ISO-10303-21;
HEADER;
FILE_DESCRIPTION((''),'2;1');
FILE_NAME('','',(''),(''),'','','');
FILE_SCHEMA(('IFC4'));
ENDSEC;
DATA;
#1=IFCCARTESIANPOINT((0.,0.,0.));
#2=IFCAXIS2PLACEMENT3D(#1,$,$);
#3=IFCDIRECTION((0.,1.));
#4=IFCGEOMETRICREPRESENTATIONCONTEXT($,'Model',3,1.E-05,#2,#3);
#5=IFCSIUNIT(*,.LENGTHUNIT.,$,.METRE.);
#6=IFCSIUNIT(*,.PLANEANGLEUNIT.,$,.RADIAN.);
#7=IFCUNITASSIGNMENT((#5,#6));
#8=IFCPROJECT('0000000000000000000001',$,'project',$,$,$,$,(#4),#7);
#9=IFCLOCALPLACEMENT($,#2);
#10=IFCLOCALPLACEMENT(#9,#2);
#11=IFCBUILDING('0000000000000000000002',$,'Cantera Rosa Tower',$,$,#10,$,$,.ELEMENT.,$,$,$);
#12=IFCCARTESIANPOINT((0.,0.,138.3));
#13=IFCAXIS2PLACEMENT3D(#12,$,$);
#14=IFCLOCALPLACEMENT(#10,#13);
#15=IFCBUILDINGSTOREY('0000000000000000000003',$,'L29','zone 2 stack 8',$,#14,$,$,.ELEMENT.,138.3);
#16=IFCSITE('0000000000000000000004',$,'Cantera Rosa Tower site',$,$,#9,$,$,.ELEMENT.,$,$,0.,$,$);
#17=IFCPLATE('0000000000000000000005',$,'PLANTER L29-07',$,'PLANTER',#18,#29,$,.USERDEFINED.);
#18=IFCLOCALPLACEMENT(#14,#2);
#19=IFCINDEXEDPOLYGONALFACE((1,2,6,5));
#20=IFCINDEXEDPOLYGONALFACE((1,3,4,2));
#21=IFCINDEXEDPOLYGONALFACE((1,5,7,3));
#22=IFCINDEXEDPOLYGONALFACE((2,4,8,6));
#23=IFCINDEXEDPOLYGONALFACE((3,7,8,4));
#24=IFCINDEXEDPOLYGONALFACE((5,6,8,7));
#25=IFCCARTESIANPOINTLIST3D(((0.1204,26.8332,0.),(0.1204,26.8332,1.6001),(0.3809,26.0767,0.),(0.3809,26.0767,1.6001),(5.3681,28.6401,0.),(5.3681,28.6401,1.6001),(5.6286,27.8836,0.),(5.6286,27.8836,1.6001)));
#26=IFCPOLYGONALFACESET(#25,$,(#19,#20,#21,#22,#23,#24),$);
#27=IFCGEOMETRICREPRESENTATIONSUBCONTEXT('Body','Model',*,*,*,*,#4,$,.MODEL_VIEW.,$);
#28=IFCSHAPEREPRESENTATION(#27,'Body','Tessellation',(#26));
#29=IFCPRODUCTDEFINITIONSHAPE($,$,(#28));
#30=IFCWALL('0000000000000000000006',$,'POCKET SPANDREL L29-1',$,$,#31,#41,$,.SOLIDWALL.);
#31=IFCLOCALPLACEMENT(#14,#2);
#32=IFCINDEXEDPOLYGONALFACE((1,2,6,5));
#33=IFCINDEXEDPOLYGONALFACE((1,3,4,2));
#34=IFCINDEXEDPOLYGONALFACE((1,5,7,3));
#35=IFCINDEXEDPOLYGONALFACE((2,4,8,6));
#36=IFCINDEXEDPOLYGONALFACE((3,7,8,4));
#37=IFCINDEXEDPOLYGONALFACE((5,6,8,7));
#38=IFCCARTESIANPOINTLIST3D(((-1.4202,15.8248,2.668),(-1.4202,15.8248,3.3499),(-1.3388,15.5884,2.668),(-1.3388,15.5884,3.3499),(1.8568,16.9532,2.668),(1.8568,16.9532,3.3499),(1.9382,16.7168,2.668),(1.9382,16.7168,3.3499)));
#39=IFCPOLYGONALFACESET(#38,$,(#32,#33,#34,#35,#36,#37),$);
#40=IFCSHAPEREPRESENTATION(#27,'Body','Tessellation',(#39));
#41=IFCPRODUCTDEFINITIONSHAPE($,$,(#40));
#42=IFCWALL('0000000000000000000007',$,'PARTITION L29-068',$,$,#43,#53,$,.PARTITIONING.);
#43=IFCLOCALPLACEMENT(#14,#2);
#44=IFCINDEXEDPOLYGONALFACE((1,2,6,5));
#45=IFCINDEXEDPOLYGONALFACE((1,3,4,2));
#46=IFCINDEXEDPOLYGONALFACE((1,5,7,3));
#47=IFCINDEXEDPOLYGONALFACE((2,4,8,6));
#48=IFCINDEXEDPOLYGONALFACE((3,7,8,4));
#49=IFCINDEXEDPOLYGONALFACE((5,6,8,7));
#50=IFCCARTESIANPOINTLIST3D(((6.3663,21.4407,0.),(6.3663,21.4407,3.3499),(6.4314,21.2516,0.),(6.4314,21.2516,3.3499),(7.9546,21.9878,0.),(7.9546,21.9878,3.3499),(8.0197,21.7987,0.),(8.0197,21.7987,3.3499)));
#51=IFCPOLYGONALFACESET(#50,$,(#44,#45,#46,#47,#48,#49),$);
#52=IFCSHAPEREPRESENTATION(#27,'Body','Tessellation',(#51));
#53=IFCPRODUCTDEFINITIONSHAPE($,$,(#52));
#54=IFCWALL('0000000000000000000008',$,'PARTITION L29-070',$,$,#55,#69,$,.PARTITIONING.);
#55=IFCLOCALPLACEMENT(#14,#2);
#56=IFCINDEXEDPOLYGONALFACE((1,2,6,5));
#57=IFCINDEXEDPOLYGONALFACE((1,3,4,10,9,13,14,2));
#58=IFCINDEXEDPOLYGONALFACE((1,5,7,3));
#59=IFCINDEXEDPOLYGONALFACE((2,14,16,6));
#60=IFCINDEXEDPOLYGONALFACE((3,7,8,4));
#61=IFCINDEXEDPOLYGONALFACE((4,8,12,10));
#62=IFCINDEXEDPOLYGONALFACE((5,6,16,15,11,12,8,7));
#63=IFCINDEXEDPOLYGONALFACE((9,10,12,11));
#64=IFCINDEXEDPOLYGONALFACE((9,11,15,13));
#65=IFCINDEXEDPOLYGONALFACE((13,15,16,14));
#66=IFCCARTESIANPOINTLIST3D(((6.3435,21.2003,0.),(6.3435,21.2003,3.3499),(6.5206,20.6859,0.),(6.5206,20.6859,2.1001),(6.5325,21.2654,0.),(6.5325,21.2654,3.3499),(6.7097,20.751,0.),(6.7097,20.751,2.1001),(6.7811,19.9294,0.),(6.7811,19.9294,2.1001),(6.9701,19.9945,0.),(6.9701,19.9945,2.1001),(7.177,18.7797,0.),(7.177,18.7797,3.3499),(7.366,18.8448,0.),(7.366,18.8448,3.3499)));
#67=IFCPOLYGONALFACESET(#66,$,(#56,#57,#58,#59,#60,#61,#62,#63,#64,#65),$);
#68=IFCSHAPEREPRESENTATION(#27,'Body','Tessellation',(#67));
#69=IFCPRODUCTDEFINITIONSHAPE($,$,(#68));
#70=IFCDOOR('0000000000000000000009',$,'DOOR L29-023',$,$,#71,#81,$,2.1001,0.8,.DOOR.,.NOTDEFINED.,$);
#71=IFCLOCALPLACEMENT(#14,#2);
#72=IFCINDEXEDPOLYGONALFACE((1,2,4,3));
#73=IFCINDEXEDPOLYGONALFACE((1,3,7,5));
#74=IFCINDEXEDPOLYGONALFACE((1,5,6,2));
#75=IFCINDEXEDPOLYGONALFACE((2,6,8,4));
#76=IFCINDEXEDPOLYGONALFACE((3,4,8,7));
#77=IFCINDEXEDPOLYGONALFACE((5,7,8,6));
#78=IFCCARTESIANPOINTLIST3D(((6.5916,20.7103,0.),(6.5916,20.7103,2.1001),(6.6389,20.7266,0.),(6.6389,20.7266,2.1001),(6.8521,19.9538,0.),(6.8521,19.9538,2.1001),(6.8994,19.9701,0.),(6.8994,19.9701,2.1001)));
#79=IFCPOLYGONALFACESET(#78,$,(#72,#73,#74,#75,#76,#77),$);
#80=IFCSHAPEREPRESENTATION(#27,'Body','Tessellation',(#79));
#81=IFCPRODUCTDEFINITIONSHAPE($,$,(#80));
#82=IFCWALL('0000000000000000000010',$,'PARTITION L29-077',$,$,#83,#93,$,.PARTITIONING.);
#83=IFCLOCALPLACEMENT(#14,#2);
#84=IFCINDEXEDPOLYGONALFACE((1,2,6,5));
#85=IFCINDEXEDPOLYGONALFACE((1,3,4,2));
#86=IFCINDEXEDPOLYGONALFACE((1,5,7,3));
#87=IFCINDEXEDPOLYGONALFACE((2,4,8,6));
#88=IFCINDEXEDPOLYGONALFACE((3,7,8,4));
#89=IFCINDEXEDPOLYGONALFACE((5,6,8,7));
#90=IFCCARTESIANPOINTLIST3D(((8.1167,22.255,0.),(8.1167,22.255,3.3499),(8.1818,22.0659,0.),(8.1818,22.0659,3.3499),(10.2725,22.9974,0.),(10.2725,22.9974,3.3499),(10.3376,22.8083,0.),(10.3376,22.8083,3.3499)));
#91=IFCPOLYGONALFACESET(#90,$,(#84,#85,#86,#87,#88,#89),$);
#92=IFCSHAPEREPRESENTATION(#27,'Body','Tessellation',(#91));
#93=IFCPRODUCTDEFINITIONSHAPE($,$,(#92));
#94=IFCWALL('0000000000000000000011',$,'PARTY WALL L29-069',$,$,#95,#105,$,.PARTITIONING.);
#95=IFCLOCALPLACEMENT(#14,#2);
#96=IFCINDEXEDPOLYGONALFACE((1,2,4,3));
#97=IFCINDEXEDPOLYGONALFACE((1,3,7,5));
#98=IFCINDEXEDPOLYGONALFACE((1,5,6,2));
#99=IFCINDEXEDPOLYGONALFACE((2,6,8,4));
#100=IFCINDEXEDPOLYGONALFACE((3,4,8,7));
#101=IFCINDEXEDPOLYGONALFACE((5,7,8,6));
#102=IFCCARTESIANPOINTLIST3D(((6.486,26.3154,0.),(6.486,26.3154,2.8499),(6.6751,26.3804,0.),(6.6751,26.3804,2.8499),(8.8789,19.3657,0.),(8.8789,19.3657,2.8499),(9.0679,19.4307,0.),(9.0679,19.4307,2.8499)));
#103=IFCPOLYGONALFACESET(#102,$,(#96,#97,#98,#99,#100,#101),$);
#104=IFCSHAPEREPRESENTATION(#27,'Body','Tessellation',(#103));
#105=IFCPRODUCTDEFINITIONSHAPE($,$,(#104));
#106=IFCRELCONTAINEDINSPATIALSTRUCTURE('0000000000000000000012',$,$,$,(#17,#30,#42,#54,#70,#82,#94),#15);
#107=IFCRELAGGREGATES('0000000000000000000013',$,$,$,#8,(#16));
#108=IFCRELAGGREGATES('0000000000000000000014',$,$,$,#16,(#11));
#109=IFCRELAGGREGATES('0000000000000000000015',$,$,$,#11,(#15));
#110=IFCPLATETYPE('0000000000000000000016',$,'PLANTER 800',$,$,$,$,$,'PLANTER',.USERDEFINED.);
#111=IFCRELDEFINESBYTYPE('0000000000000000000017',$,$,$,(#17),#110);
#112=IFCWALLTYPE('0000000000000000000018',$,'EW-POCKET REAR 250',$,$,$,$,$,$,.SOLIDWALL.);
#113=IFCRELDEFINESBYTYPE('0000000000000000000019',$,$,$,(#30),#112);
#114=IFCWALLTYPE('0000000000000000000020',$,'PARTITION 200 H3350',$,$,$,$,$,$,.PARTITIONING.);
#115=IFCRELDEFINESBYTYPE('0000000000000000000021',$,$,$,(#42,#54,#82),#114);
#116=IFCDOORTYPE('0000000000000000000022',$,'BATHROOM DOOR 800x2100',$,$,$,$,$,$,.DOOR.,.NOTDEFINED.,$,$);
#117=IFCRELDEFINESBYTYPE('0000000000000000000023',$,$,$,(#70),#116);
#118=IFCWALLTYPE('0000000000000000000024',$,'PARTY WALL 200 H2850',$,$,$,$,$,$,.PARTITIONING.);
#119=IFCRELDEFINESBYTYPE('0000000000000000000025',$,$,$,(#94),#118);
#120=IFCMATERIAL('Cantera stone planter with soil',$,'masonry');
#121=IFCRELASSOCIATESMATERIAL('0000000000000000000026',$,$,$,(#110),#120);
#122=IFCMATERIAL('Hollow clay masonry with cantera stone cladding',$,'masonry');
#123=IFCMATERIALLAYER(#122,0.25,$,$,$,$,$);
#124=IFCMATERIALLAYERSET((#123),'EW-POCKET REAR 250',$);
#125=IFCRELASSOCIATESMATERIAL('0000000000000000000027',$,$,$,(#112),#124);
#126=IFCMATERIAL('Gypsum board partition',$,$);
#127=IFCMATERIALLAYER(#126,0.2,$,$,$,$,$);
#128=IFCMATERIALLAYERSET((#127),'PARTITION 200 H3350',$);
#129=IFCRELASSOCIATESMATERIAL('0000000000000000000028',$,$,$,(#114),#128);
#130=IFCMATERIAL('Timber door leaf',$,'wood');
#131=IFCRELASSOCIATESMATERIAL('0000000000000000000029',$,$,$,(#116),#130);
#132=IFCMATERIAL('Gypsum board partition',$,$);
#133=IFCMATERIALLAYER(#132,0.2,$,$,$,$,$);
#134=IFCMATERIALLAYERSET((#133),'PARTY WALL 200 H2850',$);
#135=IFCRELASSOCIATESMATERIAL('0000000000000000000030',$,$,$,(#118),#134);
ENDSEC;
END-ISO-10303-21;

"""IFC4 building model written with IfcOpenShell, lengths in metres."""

from ifc_helpers import new_model, si_unit, direction, frame, frame_2d, origin, origin_2d, place, context, subcontext, project, spatial, rectangle, extrude, material, layer, layer_set, type_object, element, fill, save


model = new_model("IFC4")

# Units and contexts
model_context = context("Model", 3, precision=1e-05, world=origin(), true_north=direction((0.0, 1.0)))
body_context = subcontext(model_context, "Body", "Model", "MODEL_VIEW")
ifc_project = project(units=[si_unit("LENGTHUNIT", "METRE"), si_unit("PLANEANGLEUNIT", "RADIAN")], contexts=[model_context])

# Site, building, storey
site_placement = place(None, origin())
site = spatial("IfcSite", under=ifc_project, at=site_placement, Name="Cantera Rosa Tower site", CompositionType="ELEMENT", RefElevation=0.0)
building_placement = place(site_placement, origin())
building = spatial("IfcBuilding", under=site, at=building_placement, Name="Cantera Rosa Tower", CompositionType="ELEMENT")
storey_placement = place(building_placement, frame((0.0, 0.0, 138.3)))
storey = spatial("IfcBuildingStorey", under=building, at=storey_placement, Name="L29", Description="zone 2 stack 8", CompositionType="ELEMENT", Elevation=138.3)

# Plate
ifc_material_1 = material(Name="Cantera stone planter with soil", Category="masonry")
plate_type_1 = type_object("IfcPlateType", Name="PLANTER 800", ElementType="PLANTER", PredefinedType="USERDEFINED", material=ifc_material_1)
plate_1_placement = place(storey_placement, frame((2.8745, 27.3584, 0.0), z_axis=(0.0, 0.0, 1.0), x_axis=(-0.945519, -0.325568, 0.0)))
element("IfcPlate", 1, at=plate_1_placement, inside=storey, type_object=plate_type_1, Name="PLANTER L29-07", ObjectType="PLANTER", PredefinedType="USERDEFINED", context=body_context, shape_type="SweptSolid", body=[
    extrude(rectangle(XDim=5.55, YDim=0.8, at=origin_2d()), origin(), (0.0, 0.0, 1.0), 1.6001),
])

# Walls
ifc_material_2 = material(Name="Hollow clay masonry with cantera stone cladding", Category="masonry")
ifc_layer_1 = layer(ifc_material_2, 0.25)
ifc_layer_set_1 = layer_set([ifc_layer_1], Name="EW-POCKET REAR 250")
wall_type_1 = type_object("IfcWallType", Name="EW-POCKET REAR 250", PredefinedType="SOLIDWALL", material=ifc_layer_set_1)
wall_1_placement = place(storey_placement, frame((1.8975, 16.835, 2.668), z_axis=(0.0, 0.0, 1.0), x_axis=(-0.945517, -0.325574, 0.0)))
element("IfcWall", 2, at=wall_1_placement, inside=storey, type_object=wall_type_1, Name="POCKET SPANDREL L29-1", PredefinedType="SOLIDWALL", context=body_context, shape_type="SweptSolid", body=[
    extrude(rectangle(XDim=3.4658, YDim=0.25, at=frame_2d((1.7329, 0.0))), origin(), (0.0, 0.0, 1.0), 0.6819),
])
ifc_material_3 = material(Name="Gypsum board partition")
ifc_layer_2 = layer(ifc_material_3, 0.2)
ifc_layer_set_2 = layer_set([ifc_layer_2], Name="PARTITION 200 H3350")
wall_type_2 = type_object("IfcWallType", Name="PARTITION 200 H3350", PredefinedType="PARTITIONING", material=ifc_layer_set_2)
wall_2_placement = place(storey_placement, frame((6.3989, 21.3462, 0.0), z_axis=(0.0, 0.0, 1.0), x_axis=(0.945483, 0.325673, 0.0)))
element("IfcWall", 3, at=wall_2_placement, inside=storey, type_object=wall_type_2, Name="PARTITION L29-068", PredefinedType="PARTITIONING", context=body_context, shape_type="SweptSolid", body=[
    extrude(rectangle(XDim=1.6799, YDim=0.2, at=frame_2d((0.8398, 0.0))), origin(), (0.0, 0.0, 1.0), 3.3499),
])

# Wall, opening, door
wall_3_placement = place(storey_placement, frame((7.2715, 18.8123, 0.0), z_axis=(0.0, 0.0, 1.0), x_axis=(-0.325567, 0.945519, 0.0)))
wall_3 = element("IfcWall", 4, at=wall_3_placement, inside=storey, type_object=wall_type_2, Name="PARTITION L29-070", PredefinedType="PARTITIONING", context=body_context, shape_type="SweptSolid", body=[
    extrude(rectangle(XDim=2.5601, YDim=0.2, at=frame_2d((1.28, 0.0))), origin(), (0.0, 0.0, 1.0), 3.3499),
])
opening_1_placement = place(wall_3_placement, frame((1.2161, 0.0, 0.0)))
opening_1 = element("IfcOpeningElement", 5, at=opening_1_placement, cuts=wall_3, PredefinedType="OPENING", context=body_context, shape_type="SweptSolid", body=[
    extrude(rectangle(XDim=0.8, YDim=2.1001, at=frame_2d((0.3999, 1.05))), frame((0.0, 0.1099, 0.0), z_axis=(0.0, -1.0, 0.0), x_axis=(1.0, 0.0, 0.0)), (0.0, 0.0, 1.0), 0.22),
])
ifc_material_4 = material(Name="Timber door leaf", Category="wood")
door_type_1 = type_object("IfcDoorType", Name="BATHROOM DOOR 800x2100", OperationType="NOTDEFINED", PredefinedType="DOOR", material=ifc_material_4)
door_1_placement = place(opening_1_placement, origin())
door_1 = element("IfcDoor", 6, at=door_1_placement, inside=storey, type_object=door_type_1, Name="DOOR L29-023", OperationType="NOTDEFINED", OverallHeight=2.1001, OverallWidth=0.8, PredefinedType="DOOR", context=body_context, shape_type="SweptSolid", body=[
    extrude(rectangle(XDim=0.8, YDim=2.1001, at=frame_2d((0.3999, 1.05))), frame((0.0, 0.0249, 0.0), z_axis=(0.0, -1.0, 0.0), x_axis=(1.0, 0.0, 0.0)), (0.0, 0.0, 1.0), 0.05),
])
fill(opening_1, door_1)

# Walls
wall_4_placement = place(storey_placement, frame((8.1492, 22.1604, 0.0), z_axis=(0.0, 0.0, 1.0), x_axis=(0.945499, 0.325624, 0.0)))
element("IfcWall", 7, at=wall_4_placement, inside=storey, type_object=wall_type_2, Name="PARTITION L29-077", PredefinedType="PARTITIONING", context=body_context, shape_type="SweptSolid", body=[
    extrude(rectangle(XDim=2.28, YDim=0.2, at=frame_2d((1.1401, 0.0))), origin(), (0.0, 0.0, 1.0), 3.3499),
])
ifc_material_5 = material(Name="Gypsum board partition")
ifc_layer_3 = layer(ifc_material_5, 0.2)
ifc_layer_set_3 = layer_set([ifc_layer_3], Name="PARTY WALL 200 H2850")
wall_type_3 = type_object("IfcWallType", Name="PARTY WALL 200 H2850", PredefinedType="PARTITIONING", material=ifc_layer_set_3)
wall_5_placement = place(storey_placement, frame((6.5806, 26.3479, 0.0), z_axis=(0.0, 0.0, 1.0), x_axis=(0.325549, -0.945525, 0.0)))
element("IfcWall", 8, at=wall_5_placement, inside=storey, type_object=wall_type_3, Name="PARTY WALL L29-069", PredefinedType="PARTITIONING", context=body_context, shape_type="SweptSolid", body=[
    extrude(rectangle(XDim=7.3501, YDim=0.2, at=frame_2d((3.675, 0.0))), origin(), (0.0, 0.0, 1.0), 2.8499),
])

save(model, "model.ifc")
